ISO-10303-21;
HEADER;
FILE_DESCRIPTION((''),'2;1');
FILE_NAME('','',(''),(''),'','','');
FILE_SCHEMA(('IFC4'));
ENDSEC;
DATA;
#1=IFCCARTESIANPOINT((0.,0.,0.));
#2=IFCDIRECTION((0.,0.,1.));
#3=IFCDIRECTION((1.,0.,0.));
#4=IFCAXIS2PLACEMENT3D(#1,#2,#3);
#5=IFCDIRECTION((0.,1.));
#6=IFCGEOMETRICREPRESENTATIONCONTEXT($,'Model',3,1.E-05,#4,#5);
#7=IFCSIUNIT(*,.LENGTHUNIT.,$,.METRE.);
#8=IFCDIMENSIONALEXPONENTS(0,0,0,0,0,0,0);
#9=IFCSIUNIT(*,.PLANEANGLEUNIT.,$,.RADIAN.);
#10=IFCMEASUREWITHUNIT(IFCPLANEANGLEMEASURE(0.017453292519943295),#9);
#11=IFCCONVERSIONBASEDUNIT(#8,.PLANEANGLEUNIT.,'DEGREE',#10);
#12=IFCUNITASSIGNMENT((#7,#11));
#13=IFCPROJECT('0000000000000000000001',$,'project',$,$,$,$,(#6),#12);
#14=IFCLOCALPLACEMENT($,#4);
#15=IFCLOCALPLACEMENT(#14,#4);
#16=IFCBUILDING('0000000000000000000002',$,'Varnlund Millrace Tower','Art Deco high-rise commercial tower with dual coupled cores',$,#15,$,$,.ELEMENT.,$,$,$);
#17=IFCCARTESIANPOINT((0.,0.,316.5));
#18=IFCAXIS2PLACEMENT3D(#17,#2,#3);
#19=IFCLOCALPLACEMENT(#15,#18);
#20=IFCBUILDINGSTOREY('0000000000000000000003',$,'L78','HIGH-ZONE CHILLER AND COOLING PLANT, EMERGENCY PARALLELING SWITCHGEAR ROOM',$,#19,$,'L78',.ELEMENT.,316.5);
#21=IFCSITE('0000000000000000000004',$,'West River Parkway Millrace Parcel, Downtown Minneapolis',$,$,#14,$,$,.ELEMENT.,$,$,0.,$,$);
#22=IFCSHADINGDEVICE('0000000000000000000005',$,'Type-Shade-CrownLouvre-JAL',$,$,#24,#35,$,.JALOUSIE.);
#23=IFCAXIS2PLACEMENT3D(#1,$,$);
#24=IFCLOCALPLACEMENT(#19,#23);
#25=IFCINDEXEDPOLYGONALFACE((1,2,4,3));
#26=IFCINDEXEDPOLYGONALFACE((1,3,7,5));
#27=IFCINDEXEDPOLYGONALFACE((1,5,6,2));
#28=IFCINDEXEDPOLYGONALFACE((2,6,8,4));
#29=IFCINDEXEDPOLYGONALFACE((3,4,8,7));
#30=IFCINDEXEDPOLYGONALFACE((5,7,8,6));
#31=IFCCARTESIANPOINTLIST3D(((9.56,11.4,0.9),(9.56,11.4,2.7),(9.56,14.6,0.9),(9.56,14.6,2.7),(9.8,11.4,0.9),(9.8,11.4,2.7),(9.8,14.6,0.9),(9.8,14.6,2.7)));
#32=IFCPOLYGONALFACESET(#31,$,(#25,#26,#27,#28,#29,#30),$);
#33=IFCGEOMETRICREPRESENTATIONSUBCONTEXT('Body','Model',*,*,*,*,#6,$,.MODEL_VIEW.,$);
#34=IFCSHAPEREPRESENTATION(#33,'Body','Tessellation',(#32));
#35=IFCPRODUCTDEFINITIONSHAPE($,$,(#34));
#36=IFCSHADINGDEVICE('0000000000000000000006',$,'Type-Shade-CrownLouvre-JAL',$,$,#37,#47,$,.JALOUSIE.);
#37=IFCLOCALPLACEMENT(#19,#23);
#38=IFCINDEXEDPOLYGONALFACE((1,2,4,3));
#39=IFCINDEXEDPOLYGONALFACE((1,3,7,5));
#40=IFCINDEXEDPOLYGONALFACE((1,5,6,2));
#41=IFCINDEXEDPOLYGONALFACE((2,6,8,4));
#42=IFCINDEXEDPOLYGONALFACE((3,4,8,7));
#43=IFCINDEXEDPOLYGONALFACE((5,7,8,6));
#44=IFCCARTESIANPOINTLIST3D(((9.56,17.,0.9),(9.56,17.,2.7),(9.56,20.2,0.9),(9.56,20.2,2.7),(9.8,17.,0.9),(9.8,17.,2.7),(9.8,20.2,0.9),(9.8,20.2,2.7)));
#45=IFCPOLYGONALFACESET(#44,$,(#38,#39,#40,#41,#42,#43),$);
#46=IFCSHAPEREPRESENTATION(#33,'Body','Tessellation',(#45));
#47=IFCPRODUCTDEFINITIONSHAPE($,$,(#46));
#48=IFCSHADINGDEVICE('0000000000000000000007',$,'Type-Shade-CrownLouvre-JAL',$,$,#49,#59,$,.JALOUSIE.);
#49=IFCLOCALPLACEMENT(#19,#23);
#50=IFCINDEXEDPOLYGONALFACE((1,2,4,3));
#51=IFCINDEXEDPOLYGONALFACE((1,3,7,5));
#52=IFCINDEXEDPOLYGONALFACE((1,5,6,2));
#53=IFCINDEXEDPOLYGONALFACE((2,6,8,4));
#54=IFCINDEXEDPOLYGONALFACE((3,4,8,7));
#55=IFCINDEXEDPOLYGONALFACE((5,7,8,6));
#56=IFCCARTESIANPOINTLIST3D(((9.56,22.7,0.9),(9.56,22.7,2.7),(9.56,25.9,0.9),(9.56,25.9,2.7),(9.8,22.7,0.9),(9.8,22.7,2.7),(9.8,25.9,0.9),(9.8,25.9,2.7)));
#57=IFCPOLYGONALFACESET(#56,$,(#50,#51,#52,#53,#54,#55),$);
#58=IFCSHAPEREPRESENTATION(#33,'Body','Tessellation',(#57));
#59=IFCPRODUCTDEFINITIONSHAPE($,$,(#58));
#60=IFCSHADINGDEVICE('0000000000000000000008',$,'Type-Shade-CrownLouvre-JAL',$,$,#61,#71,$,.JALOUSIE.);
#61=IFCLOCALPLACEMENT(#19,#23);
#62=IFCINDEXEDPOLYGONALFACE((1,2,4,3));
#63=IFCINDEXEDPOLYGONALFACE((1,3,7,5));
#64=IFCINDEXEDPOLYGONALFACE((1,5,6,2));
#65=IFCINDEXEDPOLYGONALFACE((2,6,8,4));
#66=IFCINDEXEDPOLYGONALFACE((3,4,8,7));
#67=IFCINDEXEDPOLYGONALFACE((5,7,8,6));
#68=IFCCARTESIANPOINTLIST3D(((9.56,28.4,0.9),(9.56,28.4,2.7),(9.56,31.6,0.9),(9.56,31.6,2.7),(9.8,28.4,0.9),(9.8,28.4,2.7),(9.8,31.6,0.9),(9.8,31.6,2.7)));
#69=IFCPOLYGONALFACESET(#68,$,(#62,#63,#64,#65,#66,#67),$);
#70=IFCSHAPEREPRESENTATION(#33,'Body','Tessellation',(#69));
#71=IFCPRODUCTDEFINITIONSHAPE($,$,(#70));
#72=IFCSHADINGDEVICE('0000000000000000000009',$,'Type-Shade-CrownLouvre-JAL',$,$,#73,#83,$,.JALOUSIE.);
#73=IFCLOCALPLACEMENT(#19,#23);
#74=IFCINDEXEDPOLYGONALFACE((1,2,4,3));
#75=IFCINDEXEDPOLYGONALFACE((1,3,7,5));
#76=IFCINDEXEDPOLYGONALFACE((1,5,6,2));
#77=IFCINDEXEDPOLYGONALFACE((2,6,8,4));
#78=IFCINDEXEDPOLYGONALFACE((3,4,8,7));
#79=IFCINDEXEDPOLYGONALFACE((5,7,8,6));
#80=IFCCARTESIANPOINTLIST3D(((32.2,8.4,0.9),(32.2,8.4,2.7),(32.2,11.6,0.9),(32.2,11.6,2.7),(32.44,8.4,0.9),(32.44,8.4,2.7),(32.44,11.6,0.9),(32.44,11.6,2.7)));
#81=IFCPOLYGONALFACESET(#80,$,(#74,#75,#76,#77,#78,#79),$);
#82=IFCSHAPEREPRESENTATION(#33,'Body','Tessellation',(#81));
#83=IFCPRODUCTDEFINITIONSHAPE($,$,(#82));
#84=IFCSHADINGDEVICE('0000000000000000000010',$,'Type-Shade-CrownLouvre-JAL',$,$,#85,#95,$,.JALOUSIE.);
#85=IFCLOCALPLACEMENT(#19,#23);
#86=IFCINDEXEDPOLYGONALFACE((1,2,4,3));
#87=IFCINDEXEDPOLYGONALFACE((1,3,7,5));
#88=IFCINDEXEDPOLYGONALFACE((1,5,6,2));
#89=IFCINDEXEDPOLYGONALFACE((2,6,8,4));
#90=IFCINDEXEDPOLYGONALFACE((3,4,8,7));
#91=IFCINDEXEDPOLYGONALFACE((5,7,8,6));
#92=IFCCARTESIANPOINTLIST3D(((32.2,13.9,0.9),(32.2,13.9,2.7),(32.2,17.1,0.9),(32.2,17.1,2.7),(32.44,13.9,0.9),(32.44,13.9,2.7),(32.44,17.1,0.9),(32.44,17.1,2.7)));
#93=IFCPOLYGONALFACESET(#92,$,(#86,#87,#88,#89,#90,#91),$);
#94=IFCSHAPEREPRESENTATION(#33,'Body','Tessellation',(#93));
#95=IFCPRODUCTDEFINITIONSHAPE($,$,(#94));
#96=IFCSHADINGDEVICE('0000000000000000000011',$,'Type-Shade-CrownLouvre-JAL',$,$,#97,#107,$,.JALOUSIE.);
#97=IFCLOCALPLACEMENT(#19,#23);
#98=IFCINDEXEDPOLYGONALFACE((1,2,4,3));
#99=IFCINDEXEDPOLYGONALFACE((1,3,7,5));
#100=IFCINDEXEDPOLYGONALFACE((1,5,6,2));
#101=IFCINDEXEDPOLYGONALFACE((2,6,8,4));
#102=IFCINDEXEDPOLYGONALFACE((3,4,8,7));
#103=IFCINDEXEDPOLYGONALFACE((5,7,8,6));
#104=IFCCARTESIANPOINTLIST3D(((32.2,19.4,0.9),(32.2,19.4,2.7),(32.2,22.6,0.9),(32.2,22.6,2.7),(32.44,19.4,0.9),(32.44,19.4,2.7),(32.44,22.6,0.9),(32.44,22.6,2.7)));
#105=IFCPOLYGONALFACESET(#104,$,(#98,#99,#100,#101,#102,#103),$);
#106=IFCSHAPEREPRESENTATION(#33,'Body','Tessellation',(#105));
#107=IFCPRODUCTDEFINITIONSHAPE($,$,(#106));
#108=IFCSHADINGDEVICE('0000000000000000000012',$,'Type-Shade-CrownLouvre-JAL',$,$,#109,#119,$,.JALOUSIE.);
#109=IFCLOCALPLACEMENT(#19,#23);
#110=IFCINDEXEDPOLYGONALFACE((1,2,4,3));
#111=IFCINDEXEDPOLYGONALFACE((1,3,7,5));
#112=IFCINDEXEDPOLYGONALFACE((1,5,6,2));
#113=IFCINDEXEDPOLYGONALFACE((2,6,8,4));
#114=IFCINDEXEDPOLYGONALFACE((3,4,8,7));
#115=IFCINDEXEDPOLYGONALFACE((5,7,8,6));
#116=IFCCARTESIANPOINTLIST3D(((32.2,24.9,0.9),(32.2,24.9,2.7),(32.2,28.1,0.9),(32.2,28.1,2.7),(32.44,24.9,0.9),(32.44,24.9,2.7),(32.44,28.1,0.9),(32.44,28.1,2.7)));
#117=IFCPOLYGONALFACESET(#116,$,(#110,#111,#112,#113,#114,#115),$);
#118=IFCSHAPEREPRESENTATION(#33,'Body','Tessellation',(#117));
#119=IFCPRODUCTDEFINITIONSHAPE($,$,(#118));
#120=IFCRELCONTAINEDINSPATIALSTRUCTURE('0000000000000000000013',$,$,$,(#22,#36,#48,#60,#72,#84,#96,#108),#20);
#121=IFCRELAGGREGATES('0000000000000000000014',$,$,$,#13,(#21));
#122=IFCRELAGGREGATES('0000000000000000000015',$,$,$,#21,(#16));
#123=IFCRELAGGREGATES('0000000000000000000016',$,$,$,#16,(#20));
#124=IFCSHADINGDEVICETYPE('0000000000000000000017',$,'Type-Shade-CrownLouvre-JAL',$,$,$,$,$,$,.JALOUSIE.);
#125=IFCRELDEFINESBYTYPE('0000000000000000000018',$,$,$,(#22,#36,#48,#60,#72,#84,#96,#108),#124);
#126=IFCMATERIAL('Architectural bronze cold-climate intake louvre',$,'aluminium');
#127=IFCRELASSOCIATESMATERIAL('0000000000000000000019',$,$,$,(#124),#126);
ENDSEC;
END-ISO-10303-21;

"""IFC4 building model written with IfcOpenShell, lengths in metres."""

from ifc_helpers import new_model, entity, si_unit, converted_unit, direction, frame, origin_with_axes, origin_2d_with_axis, place, context, subcontext, project, spatial, rectangle, extrude, material, type_object, element, save


model = new_model("IFC4")

# Units and contexts
model_context = context("Model", 3, precision=1e-05, world=origin_with_axes(), true_north=direction((0.0, 1.0)))
body_context = subcontext(model_context, "Body", "Model", "MODEL_VIEW")
ifc_project = project(units=[si_unit("LENGTHUNIT", "METRE"), converted_unit("PLANEANGLEUNIT", "DEGREE", entity("IfcPlaneAngleMeasure", 0.017453292519943295), si_unit("PLANEANGLEUNIT", "RADIAN"), dimensions=[0, 0, 0, 0, 0, 0, 0])], contexts=[model_context])

# Site, building, storey
site_placement = place(None, origin_with_axes())
site = spatial("IfcSite", under=ifc_project, at=site_placement, Name="West River Parkway Millrace Parcel, Downtown Minneapolis", CompositionType="ELEMENT", RefElevation=0.0)
building_placement = place(site_placement, origin_with_axes())
building = spatial("IfcBuilding", under=site, at=building_placement, Name="Varnlund Millrace Tower", Description="Art Deco high-rise commercial tower with dual coupled cores", CompositionType="ELEMENT")
storey_placement = place(building_placement, frame((0.0, 0.0, 316.5), z_axis=(0.0, 0.0, 1.0), x_axis=(1.0, 0.0, 0.0)))
storey = spatial("IfcBuildingStorey", under=building, at=storey_placement, Name="L78", Description="HIGH-ZONE CHILLER AND COOLING PLANT, EMERGENCY PARALLELING SWITCHGEAR ROOM", LongName="L78", CompositionType="ELEMENT", Elevation=316.5)

# Shading devices
ifc_material_1 = material(Name="Architectural bronze cold-climate intake louvre", Category="aluminium")
shading_device_type = type_object("IfcShadingDeviceType", Name="Type-Shade-CrownLouvre-JAL", PredefinedType="JALOUSIE", material=ifc_material_1)
for number, where, z_axis, x_axis, name in (
    (1, (9.68, 13.0, 0.9), (0.0, 0.0, 1.0), (0.0, 1.0, 0.0), "Type-Shade-CrownLouvre-JAL"),
    (2, (9.68, 18.6, 0.9), (0.0, 0.0, 1.0), (0.0, 1.0, 0.0), "Type-Shade-CrownLouvre-JAL"),
    (3, (9.68, 24.3, 0.9), (0.0, 0.0, 1.0), (0.0, 1.0, 0.0), "Type-Shade-CrownLouvre-JAL"),
    (4, (9.68, 30.0, 0.9), (0.0, 0.0, 1.0), (0.0, 1.0, 0.0), "Type-Shade-CrownLouvre-JAL"),
    (5, (32.32, 10.0, 0.9), (0.0, 0.0, 1.0), (0.0, 1.0, 0.0), "Type-Shade-CrownLouvre-JAL"),
    (6, (32.32, 15.5, 0.9), (0.0, 0.0, 1.0), (0.0, 1.0, 0.0), "Type-Shade-CrownLouvre-JAL"),
    (7, (32.32, 21.0, 0.9), (0.0, 0.0, 1.0), (0.0, 1.0, 0.0), "Type-Shade-CrownLouvre-JAL"),
    (8, (32.32, 26.5, 0.9), (0.0, 0.0, 1.0), (0.0, 1.0, 0.0), "Type-Shade-CrownLouvre-JAL"),
):
    element("IfcShadingDevice", number, at=place(storey_placement, frame(where, z_axis=z_axis, x_axis=x_axis)), inside=storey, type_object=shading_device_type, Name=name, PredefinedType="JALOUSIE", context=body_context, shape_type="SweptSolid", body=[
        extrude(rectangle(XDim=3.2, YDim=0.24, at=origin_2d_with_axis()), origin_with_axes(), (0.0, 0.0, 1.0), 1.8),
    ])

save(model, "model.ifc")
